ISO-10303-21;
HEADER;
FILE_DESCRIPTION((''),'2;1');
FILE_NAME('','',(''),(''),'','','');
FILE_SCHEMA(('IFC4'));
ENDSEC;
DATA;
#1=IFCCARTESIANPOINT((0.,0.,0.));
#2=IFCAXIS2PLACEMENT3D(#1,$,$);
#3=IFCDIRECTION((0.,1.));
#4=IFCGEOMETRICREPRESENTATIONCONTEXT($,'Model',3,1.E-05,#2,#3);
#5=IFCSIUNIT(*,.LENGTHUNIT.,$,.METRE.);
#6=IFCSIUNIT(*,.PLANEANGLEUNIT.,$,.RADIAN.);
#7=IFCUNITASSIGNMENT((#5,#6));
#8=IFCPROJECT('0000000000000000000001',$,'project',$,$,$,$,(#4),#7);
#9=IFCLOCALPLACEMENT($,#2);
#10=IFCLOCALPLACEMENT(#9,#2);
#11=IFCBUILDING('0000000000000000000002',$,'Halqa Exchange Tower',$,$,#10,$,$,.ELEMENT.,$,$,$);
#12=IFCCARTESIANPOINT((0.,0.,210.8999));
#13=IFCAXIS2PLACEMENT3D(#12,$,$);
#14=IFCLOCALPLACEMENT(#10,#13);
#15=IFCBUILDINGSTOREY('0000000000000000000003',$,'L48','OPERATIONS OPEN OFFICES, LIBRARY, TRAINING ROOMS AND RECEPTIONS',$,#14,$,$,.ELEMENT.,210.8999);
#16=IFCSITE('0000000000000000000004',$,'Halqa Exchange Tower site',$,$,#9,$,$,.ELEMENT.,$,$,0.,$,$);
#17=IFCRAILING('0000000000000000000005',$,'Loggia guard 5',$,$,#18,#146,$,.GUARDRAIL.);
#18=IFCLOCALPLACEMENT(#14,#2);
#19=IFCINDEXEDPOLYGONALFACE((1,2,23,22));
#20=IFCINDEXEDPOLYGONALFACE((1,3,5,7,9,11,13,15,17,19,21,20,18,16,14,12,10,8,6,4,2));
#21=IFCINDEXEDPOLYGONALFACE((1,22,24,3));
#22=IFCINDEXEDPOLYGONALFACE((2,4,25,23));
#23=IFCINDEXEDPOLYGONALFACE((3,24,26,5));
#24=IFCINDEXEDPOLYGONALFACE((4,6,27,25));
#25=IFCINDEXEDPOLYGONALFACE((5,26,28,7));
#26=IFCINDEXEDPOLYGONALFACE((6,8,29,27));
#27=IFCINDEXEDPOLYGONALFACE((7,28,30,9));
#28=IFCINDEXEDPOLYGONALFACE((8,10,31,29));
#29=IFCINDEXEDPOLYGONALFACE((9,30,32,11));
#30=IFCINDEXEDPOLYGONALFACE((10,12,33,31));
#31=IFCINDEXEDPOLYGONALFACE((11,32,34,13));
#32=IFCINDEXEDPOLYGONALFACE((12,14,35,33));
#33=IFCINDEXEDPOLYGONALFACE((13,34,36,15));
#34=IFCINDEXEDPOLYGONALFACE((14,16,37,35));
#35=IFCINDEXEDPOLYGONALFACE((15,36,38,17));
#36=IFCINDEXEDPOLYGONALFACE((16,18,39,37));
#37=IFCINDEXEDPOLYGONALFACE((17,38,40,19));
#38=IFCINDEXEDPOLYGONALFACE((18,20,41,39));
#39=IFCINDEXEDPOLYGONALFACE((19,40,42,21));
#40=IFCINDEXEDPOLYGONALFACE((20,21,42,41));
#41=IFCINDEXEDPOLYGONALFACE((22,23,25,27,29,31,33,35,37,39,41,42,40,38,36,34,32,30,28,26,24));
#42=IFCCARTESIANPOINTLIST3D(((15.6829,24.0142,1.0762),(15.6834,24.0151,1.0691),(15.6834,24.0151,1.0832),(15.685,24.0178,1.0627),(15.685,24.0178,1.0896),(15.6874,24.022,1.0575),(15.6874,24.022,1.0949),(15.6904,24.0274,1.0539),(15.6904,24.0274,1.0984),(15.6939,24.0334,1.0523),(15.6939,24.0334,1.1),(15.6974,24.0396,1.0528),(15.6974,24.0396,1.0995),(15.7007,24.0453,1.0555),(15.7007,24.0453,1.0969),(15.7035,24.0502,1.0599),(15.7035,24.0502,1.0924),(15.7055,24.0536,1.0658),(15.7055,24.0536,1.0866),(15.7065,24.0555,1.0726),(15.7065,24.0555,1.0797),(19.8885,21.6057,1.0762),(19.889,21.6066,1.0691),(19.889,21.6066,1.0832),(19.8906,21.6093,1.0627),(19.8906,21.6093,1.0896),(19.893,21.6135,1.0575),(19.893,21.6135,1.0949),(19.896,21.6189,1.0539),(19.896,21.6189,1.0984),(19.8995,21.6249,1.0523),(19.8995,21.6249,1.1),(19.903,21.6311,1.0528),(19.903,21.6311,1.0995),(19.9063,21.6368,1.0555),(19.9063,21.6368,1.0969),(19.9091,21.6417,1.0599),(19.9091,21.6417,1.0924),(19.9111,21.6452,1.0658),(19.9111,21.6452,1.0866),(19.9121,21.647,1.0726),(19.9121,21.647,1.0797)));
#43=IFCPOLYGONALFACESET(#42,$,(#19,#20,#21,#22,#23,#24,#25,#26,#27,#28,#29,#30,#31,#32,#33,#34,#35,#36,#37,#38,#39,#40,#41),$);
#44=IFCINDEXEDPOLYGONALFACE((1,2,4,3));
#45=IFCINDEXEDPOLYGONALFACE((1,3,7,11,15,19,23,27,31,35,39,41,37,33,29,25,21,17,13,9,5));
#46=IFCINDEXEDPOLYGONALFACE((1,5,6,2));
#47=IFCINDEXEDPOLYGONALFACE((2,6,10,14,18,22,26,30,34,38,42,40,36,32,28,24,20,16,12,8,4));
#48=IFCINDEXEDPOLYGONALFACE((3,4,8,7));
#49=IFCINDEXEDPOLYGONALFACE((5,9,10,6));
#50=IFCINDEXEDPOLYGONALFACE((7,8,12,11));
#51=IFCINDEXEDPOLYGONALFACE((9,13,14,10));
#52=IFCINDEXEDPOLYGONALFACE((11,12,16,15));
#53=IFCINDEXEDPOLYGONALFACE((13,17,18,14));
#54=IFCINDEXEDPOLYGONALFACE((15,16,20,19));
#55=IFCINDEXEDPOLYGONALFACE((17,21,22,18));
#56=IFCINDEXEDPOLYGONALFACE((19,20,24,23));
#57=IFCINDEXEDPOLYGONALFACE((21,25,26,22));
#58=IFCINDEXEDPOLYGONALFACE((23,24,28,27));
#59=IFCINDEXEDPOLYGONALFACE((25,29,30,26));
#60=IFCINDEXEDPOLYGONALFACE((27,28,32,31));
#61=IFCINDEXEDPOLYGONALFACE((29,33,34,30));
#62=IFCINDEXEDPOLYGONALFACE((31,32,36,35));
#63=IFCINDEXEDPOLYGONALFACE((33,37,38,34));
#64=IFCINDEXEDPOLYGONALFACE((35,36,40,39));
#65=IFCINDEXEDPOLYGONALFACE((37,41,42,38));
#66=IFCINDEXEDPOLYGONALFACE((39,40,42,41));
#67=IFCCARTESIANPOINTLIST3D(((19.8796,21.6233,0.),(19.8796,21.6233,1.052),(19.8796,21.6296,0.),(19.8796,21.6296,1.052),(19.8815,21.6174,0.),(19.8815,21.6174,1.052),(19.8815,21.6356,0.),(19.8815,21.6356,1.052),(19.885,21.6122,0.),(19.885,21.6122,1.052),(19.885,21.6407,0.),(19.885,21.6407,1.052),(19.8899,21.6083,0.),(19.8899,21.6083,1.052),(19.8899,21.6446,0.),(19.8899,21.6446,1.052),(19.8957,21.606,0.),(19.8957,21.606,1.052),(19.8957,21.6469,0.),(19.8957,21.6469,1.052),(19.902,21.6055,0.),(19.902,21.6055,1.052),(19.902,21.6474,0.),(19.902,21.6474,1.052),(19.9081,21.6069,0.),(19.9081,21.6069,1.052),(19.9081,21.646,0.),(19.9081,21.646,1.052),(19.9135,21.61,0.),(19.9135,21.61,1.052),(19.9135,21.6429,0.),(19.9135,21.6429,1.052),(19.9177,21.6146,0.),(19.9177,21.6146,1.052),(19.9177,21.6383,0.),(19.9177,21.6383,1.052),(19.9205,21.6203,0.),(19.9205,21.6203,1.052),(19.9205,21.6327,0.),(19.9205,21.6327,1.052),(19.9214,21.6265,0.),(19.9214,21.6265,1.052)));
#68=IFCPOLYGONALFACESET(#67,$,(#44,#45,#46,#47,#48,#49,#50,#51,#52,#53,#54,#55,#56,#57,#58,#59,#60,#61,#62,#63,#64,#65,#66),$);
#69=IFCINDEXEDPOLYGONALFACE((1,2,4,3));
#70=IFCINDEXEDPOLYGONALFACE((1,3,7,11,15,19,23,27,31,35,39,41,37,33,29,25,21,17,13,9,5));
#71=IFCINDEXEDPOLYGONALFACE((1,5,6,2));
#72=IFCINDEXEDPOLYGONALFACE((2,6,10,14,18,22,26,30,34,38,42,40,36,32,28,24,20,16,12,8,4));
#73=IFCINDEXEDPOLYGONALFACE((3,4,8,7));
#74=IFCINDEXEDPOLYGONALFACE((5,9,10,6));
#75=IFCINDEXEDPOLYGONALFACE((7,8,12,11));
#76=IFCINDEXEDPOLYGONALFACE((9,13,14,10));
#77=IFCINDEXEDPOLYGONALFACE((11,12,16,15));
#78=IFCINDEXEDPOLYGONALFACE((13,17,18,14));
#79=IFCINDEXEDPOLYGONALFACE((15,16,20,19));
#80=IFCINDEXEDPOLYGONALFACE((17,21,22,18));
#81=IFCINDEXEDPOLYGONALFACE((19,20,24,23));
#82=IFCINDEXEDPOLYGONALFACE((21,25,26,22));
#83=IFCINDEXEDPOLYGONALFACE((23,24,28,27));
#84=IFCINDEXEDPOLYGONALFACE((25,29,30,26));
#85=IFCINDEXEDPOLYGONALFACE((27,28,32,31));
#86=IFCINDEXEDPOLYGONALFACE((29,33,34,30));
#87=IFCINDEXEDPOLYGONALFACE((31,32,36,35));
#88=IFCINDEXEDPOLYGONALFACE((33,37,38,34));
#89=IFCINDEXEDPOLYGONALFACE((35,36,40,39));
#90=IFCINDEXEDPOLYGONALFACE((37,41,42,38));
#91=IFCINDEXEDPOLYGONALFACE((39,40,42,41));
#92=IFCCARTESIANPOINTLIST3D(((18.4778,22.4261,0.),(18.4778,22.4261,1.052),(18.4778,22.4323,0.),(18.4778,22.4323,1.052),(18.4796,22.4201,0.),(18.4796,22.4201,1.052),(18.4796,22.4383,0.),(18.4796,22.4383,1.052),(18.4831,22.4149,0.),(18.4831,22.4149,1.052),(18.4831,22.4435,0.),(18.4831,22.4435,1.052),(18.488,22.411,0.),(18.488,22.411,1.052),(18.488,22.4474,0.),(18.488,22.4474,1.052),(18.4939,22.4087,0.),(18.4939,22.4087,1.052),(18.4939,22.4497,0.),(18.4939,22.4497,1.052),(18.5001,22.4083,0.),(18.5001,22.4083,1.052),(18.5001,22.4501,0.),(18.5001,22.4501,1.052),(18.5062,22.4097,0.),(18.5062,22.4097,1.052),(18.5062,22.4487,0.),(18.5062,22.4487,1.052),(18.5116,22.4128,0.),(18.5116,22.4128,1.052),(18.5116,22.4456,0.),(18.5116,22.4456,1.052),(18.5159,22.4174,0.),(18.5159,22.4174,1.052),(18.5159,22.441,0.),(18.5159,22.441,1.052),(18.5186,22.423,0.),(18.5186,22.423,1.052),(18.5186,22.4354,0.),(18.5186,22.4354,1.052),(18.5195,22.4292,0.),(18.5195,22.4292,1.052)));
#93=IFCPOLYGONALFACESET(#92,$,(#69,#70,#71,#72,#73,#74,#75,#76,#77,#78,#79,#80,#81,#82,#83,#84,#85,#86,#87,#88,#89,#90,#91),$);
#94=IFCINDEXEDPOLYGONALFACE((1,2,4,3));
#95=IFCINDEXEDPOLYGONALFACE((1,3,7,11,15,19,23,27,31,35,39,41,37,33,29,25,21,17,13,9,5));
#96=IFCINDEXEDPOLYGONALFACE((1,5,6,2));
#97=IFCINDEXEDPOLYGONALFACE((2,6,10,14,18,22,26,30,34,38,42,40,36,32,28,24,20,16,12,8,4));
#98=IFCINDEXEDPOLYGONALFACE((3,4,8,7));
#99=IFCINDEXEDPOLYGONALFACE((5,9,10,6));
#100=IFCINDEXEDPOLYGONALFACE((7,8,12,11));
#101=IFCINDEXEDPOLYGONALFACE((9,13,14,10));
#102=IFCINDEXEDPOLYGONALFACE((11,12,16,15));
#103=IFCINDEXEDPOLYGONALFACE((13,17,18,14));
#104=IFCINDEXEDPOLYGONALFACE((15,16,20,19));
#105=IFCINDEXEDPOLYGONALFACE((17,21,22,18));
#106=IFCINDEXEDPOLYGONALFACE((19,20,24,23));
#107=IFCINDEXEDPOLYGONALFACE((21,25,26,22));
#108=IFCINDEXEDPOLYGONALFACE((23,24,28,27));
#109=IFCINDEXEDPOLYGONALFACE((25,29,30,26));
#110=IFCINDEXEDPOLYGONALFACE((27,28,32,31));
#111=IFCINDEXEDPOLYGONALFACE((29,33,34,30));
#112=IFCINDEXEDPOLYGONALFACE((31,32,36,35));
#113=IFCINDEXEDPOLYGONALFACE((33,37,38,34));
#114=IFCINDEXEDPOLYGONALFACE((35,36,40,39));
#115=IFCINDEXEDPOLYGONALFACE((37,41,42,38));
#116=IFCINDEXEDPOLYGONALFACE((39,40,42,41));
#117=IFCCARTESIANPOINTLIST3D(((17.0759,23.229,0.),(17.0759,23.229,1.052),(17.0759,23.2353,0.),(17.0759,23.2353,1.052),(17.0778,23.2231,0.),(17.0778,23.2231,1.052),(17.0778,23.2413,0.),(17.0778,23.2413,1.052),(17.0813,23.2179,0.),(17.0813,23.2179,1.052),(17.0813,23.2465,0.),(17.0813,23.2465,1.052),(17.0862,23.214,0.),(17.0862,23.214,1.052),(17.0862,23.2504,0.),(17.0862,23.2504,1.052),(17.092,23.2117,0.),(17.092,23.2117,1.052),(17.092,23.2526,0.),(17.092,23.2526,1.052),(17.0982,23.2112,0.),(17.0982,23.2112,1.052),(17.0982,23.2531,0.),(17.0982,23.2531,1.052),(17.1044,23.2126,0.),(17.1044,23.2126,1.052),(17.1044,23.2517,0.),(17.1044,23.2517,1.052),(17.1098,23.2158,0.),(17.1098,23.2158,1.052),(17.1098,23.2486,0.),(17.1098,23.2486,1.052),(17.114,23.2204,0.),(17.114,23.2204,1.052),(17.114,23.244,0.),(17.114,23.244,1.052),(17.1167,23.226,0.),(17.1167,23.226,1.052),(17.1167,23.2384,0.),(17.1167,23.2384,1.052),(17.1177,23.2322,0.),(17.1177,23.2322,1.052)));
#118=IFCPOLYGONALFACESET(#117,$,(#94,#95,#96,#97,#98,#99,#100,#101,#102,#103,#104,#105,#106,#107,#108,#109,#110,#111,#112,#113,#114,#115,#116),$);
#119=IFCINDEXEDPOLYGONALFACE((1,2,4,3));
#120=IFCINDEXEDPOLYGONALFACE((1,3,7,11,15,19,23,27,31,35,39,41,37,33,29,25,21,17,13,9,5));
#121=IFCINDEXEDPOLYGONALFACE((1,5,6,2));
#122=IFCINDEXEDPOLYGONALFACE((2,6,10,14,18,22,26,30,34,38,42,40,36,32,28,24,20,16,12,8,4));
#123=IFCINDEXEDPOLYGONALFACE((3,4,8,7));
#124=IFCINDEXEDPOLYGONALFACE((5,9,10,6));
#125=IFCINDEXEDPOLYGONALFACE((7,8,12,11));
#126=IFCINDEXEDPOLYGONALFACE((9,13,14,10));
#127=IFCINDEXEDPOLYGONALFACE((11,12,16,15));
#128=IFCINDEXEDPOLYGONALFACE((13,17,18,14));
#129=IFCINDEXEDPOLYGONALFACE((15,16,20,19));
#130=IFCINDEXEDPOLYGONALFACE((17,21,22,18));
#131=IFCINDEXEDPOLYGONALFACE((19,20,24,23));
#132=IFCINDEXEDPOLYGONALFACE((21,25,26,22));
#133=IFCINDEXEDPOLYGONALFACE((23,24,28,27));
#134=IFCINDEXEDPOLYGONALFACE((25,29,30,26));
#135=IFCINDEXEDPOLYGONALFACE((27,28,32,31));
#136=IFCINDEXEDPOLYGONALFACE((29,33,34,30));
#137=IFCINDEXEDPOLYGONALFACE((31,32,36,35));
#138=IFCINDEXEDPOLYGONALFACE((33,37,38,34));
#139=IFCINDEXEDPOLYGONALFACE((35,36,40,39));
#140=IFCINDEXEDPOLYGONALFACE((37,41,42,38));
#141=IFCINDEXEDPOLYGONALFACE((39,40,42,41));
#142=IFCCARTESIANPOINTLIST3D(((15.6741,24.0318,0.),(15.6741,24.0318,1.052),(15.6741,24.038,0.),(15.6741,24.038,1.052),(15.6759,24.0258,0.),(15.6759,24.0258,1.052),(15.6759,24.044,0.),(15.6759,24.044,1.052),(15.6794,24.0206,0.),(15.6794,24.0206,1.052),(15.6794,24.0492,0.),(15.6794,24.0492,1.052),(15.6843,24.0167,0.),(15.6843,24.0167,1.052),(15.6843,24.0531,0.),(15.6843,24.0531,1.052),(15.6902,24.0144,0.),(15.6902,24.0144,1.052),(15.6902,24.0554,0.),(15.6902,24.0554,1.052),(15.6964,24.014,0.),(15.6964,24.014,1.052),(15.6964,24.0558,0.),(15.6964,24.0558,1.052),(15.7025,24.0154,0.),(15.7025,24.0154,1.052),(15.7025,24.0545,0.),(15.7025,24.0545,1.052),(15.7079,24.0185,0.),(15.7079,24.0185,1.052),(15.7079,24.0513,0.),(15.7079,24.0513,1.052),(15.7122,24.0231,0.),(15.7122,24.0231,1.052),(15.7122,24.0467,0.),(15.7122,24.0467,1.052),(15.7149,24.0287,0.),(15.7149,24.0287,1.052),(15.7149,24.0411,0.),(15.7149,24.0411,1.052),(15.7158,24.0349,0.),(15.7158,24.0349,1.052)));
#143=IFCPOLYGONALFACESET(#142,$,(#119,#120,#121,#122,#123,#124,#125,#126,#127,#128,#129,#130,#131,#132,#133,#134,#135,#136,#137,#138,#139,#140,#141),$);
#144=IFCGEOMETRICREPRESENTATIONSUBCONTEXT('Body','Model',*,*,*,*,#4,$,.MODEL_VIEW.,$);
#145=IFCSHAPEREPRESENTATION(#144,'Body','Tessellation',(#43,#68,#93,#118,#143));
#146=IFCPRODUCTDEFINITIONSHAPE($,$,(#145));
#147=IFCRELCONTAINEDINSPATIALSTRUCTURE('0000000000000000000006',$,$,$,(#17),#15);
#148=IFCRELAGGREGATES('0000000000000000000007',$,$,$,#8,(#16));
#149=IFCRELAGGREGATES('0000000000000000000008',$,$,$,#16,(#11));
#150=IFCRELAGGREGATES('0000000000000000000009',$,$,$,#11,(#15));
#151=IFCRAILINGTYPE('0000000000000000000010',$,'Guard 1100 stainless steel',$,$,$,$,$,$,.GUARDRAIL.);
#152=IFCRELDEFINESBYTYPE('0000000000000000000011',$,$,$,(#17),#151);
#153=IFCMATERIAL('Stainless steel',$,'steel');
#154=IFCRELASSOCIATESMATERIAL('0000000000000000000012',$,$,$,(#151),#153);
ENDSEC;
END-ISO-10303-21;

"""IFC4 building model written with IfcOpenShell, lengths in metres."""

from ifc_helpers import new_model, si_unit, direction, frame, origin, origin_2d, place, context, subcontext, project, spatial, circle, extrude, material, type_object, element, save


model = new_model("IFC4")

# Units and contexts
model_context = context("Model", 3, precision=1e-05, world=origin(), true_north=direction((0.0, 1.0)))
body_context = subcontext(model_context, "Body", "Model", "MODEL_VIEW")
ifc_project = project(units=[si_unit("LENGTHUNIT", "METRE"), si_unit("PLANEANGLEUNIT", "RADIAN")], contexts=[model_context])

# Site, building, storey
site_placement = place(None, origin())
site = spatial("IfcSite", under=ifc_project, at=site_placement, Name="Halqa Exchange Tower site", CompositionType="ELEMENT", RefElevation=0.0)
building_placement = place(site_placement, origin())
building = spatial("IfcBuilding", under=site, at=building_placement, Name="Halqa Exchange Tower", CompositionType="ELEMENT")
storey_placement = place(building_placement, frame((0.0, 0.0, 210.8999)))
storey = spatial("IfcBuildingStorey", under=building, at=storey_placement, Name="L48", Description="OPERATIONS OPEN OFFICES, LIBRARY, TRAINING ROOMS AND RECEPTIONS", CompositionType="ELEMENT", Elevation=210.8999)

# Railing
ifc_material_1 = material(Name="Stainless steel", Category="steel")
railing_type = type_object("IfcRailingType", Name="Guard 1100 stainless steel", PredefinedType="GUARDRAIL", material=ifc_material_1)
railing_1_placement = place(storey_placement, frame((19.9004, 21.6265, 0.0)))
element("IfcRailing", 1, at=railing_1_placement, inside=storey, type_object=railing_type, Name="Loggia guard 5", PredefinedType="GUARDRAIL", context=body_context, shape_type="SweptSolid", body=[
    extrude(circle(Radius=0.0239, at=origin_2d()), frame((0.0, 0.0, 1.0762), z_axis=(-0.867775, 0.496958, 0.0), x_axis=(-0.496958, -0.867775, 0.0)), (0.0, 0.0, 1.0), 4.8464),
    extrude(circle(Radius=0.021, at=origin_2d()), origin(), (0.0, 0.0, 1.0), 1.052),
    extrude(circle(Radius=0.021, at=origin_2d()), frame((-1.4019, 0.8027, 0.0)), (0.0, 0.0, 1.0), 1.052),
    extrude(circle(Radius=0.021, at=origin_2d()), frame((-2.8037, 1.6057, 0.0)), (0.0, 0.0, 1.0), 1.052),
    extrude(circle(Radius=0.021, at=origin_2d()), frame((-4.2056, 2.4084, 0.0)), (0.0, 0.0, 1.0), 1.052),
])

save(model, "model.ifc")
